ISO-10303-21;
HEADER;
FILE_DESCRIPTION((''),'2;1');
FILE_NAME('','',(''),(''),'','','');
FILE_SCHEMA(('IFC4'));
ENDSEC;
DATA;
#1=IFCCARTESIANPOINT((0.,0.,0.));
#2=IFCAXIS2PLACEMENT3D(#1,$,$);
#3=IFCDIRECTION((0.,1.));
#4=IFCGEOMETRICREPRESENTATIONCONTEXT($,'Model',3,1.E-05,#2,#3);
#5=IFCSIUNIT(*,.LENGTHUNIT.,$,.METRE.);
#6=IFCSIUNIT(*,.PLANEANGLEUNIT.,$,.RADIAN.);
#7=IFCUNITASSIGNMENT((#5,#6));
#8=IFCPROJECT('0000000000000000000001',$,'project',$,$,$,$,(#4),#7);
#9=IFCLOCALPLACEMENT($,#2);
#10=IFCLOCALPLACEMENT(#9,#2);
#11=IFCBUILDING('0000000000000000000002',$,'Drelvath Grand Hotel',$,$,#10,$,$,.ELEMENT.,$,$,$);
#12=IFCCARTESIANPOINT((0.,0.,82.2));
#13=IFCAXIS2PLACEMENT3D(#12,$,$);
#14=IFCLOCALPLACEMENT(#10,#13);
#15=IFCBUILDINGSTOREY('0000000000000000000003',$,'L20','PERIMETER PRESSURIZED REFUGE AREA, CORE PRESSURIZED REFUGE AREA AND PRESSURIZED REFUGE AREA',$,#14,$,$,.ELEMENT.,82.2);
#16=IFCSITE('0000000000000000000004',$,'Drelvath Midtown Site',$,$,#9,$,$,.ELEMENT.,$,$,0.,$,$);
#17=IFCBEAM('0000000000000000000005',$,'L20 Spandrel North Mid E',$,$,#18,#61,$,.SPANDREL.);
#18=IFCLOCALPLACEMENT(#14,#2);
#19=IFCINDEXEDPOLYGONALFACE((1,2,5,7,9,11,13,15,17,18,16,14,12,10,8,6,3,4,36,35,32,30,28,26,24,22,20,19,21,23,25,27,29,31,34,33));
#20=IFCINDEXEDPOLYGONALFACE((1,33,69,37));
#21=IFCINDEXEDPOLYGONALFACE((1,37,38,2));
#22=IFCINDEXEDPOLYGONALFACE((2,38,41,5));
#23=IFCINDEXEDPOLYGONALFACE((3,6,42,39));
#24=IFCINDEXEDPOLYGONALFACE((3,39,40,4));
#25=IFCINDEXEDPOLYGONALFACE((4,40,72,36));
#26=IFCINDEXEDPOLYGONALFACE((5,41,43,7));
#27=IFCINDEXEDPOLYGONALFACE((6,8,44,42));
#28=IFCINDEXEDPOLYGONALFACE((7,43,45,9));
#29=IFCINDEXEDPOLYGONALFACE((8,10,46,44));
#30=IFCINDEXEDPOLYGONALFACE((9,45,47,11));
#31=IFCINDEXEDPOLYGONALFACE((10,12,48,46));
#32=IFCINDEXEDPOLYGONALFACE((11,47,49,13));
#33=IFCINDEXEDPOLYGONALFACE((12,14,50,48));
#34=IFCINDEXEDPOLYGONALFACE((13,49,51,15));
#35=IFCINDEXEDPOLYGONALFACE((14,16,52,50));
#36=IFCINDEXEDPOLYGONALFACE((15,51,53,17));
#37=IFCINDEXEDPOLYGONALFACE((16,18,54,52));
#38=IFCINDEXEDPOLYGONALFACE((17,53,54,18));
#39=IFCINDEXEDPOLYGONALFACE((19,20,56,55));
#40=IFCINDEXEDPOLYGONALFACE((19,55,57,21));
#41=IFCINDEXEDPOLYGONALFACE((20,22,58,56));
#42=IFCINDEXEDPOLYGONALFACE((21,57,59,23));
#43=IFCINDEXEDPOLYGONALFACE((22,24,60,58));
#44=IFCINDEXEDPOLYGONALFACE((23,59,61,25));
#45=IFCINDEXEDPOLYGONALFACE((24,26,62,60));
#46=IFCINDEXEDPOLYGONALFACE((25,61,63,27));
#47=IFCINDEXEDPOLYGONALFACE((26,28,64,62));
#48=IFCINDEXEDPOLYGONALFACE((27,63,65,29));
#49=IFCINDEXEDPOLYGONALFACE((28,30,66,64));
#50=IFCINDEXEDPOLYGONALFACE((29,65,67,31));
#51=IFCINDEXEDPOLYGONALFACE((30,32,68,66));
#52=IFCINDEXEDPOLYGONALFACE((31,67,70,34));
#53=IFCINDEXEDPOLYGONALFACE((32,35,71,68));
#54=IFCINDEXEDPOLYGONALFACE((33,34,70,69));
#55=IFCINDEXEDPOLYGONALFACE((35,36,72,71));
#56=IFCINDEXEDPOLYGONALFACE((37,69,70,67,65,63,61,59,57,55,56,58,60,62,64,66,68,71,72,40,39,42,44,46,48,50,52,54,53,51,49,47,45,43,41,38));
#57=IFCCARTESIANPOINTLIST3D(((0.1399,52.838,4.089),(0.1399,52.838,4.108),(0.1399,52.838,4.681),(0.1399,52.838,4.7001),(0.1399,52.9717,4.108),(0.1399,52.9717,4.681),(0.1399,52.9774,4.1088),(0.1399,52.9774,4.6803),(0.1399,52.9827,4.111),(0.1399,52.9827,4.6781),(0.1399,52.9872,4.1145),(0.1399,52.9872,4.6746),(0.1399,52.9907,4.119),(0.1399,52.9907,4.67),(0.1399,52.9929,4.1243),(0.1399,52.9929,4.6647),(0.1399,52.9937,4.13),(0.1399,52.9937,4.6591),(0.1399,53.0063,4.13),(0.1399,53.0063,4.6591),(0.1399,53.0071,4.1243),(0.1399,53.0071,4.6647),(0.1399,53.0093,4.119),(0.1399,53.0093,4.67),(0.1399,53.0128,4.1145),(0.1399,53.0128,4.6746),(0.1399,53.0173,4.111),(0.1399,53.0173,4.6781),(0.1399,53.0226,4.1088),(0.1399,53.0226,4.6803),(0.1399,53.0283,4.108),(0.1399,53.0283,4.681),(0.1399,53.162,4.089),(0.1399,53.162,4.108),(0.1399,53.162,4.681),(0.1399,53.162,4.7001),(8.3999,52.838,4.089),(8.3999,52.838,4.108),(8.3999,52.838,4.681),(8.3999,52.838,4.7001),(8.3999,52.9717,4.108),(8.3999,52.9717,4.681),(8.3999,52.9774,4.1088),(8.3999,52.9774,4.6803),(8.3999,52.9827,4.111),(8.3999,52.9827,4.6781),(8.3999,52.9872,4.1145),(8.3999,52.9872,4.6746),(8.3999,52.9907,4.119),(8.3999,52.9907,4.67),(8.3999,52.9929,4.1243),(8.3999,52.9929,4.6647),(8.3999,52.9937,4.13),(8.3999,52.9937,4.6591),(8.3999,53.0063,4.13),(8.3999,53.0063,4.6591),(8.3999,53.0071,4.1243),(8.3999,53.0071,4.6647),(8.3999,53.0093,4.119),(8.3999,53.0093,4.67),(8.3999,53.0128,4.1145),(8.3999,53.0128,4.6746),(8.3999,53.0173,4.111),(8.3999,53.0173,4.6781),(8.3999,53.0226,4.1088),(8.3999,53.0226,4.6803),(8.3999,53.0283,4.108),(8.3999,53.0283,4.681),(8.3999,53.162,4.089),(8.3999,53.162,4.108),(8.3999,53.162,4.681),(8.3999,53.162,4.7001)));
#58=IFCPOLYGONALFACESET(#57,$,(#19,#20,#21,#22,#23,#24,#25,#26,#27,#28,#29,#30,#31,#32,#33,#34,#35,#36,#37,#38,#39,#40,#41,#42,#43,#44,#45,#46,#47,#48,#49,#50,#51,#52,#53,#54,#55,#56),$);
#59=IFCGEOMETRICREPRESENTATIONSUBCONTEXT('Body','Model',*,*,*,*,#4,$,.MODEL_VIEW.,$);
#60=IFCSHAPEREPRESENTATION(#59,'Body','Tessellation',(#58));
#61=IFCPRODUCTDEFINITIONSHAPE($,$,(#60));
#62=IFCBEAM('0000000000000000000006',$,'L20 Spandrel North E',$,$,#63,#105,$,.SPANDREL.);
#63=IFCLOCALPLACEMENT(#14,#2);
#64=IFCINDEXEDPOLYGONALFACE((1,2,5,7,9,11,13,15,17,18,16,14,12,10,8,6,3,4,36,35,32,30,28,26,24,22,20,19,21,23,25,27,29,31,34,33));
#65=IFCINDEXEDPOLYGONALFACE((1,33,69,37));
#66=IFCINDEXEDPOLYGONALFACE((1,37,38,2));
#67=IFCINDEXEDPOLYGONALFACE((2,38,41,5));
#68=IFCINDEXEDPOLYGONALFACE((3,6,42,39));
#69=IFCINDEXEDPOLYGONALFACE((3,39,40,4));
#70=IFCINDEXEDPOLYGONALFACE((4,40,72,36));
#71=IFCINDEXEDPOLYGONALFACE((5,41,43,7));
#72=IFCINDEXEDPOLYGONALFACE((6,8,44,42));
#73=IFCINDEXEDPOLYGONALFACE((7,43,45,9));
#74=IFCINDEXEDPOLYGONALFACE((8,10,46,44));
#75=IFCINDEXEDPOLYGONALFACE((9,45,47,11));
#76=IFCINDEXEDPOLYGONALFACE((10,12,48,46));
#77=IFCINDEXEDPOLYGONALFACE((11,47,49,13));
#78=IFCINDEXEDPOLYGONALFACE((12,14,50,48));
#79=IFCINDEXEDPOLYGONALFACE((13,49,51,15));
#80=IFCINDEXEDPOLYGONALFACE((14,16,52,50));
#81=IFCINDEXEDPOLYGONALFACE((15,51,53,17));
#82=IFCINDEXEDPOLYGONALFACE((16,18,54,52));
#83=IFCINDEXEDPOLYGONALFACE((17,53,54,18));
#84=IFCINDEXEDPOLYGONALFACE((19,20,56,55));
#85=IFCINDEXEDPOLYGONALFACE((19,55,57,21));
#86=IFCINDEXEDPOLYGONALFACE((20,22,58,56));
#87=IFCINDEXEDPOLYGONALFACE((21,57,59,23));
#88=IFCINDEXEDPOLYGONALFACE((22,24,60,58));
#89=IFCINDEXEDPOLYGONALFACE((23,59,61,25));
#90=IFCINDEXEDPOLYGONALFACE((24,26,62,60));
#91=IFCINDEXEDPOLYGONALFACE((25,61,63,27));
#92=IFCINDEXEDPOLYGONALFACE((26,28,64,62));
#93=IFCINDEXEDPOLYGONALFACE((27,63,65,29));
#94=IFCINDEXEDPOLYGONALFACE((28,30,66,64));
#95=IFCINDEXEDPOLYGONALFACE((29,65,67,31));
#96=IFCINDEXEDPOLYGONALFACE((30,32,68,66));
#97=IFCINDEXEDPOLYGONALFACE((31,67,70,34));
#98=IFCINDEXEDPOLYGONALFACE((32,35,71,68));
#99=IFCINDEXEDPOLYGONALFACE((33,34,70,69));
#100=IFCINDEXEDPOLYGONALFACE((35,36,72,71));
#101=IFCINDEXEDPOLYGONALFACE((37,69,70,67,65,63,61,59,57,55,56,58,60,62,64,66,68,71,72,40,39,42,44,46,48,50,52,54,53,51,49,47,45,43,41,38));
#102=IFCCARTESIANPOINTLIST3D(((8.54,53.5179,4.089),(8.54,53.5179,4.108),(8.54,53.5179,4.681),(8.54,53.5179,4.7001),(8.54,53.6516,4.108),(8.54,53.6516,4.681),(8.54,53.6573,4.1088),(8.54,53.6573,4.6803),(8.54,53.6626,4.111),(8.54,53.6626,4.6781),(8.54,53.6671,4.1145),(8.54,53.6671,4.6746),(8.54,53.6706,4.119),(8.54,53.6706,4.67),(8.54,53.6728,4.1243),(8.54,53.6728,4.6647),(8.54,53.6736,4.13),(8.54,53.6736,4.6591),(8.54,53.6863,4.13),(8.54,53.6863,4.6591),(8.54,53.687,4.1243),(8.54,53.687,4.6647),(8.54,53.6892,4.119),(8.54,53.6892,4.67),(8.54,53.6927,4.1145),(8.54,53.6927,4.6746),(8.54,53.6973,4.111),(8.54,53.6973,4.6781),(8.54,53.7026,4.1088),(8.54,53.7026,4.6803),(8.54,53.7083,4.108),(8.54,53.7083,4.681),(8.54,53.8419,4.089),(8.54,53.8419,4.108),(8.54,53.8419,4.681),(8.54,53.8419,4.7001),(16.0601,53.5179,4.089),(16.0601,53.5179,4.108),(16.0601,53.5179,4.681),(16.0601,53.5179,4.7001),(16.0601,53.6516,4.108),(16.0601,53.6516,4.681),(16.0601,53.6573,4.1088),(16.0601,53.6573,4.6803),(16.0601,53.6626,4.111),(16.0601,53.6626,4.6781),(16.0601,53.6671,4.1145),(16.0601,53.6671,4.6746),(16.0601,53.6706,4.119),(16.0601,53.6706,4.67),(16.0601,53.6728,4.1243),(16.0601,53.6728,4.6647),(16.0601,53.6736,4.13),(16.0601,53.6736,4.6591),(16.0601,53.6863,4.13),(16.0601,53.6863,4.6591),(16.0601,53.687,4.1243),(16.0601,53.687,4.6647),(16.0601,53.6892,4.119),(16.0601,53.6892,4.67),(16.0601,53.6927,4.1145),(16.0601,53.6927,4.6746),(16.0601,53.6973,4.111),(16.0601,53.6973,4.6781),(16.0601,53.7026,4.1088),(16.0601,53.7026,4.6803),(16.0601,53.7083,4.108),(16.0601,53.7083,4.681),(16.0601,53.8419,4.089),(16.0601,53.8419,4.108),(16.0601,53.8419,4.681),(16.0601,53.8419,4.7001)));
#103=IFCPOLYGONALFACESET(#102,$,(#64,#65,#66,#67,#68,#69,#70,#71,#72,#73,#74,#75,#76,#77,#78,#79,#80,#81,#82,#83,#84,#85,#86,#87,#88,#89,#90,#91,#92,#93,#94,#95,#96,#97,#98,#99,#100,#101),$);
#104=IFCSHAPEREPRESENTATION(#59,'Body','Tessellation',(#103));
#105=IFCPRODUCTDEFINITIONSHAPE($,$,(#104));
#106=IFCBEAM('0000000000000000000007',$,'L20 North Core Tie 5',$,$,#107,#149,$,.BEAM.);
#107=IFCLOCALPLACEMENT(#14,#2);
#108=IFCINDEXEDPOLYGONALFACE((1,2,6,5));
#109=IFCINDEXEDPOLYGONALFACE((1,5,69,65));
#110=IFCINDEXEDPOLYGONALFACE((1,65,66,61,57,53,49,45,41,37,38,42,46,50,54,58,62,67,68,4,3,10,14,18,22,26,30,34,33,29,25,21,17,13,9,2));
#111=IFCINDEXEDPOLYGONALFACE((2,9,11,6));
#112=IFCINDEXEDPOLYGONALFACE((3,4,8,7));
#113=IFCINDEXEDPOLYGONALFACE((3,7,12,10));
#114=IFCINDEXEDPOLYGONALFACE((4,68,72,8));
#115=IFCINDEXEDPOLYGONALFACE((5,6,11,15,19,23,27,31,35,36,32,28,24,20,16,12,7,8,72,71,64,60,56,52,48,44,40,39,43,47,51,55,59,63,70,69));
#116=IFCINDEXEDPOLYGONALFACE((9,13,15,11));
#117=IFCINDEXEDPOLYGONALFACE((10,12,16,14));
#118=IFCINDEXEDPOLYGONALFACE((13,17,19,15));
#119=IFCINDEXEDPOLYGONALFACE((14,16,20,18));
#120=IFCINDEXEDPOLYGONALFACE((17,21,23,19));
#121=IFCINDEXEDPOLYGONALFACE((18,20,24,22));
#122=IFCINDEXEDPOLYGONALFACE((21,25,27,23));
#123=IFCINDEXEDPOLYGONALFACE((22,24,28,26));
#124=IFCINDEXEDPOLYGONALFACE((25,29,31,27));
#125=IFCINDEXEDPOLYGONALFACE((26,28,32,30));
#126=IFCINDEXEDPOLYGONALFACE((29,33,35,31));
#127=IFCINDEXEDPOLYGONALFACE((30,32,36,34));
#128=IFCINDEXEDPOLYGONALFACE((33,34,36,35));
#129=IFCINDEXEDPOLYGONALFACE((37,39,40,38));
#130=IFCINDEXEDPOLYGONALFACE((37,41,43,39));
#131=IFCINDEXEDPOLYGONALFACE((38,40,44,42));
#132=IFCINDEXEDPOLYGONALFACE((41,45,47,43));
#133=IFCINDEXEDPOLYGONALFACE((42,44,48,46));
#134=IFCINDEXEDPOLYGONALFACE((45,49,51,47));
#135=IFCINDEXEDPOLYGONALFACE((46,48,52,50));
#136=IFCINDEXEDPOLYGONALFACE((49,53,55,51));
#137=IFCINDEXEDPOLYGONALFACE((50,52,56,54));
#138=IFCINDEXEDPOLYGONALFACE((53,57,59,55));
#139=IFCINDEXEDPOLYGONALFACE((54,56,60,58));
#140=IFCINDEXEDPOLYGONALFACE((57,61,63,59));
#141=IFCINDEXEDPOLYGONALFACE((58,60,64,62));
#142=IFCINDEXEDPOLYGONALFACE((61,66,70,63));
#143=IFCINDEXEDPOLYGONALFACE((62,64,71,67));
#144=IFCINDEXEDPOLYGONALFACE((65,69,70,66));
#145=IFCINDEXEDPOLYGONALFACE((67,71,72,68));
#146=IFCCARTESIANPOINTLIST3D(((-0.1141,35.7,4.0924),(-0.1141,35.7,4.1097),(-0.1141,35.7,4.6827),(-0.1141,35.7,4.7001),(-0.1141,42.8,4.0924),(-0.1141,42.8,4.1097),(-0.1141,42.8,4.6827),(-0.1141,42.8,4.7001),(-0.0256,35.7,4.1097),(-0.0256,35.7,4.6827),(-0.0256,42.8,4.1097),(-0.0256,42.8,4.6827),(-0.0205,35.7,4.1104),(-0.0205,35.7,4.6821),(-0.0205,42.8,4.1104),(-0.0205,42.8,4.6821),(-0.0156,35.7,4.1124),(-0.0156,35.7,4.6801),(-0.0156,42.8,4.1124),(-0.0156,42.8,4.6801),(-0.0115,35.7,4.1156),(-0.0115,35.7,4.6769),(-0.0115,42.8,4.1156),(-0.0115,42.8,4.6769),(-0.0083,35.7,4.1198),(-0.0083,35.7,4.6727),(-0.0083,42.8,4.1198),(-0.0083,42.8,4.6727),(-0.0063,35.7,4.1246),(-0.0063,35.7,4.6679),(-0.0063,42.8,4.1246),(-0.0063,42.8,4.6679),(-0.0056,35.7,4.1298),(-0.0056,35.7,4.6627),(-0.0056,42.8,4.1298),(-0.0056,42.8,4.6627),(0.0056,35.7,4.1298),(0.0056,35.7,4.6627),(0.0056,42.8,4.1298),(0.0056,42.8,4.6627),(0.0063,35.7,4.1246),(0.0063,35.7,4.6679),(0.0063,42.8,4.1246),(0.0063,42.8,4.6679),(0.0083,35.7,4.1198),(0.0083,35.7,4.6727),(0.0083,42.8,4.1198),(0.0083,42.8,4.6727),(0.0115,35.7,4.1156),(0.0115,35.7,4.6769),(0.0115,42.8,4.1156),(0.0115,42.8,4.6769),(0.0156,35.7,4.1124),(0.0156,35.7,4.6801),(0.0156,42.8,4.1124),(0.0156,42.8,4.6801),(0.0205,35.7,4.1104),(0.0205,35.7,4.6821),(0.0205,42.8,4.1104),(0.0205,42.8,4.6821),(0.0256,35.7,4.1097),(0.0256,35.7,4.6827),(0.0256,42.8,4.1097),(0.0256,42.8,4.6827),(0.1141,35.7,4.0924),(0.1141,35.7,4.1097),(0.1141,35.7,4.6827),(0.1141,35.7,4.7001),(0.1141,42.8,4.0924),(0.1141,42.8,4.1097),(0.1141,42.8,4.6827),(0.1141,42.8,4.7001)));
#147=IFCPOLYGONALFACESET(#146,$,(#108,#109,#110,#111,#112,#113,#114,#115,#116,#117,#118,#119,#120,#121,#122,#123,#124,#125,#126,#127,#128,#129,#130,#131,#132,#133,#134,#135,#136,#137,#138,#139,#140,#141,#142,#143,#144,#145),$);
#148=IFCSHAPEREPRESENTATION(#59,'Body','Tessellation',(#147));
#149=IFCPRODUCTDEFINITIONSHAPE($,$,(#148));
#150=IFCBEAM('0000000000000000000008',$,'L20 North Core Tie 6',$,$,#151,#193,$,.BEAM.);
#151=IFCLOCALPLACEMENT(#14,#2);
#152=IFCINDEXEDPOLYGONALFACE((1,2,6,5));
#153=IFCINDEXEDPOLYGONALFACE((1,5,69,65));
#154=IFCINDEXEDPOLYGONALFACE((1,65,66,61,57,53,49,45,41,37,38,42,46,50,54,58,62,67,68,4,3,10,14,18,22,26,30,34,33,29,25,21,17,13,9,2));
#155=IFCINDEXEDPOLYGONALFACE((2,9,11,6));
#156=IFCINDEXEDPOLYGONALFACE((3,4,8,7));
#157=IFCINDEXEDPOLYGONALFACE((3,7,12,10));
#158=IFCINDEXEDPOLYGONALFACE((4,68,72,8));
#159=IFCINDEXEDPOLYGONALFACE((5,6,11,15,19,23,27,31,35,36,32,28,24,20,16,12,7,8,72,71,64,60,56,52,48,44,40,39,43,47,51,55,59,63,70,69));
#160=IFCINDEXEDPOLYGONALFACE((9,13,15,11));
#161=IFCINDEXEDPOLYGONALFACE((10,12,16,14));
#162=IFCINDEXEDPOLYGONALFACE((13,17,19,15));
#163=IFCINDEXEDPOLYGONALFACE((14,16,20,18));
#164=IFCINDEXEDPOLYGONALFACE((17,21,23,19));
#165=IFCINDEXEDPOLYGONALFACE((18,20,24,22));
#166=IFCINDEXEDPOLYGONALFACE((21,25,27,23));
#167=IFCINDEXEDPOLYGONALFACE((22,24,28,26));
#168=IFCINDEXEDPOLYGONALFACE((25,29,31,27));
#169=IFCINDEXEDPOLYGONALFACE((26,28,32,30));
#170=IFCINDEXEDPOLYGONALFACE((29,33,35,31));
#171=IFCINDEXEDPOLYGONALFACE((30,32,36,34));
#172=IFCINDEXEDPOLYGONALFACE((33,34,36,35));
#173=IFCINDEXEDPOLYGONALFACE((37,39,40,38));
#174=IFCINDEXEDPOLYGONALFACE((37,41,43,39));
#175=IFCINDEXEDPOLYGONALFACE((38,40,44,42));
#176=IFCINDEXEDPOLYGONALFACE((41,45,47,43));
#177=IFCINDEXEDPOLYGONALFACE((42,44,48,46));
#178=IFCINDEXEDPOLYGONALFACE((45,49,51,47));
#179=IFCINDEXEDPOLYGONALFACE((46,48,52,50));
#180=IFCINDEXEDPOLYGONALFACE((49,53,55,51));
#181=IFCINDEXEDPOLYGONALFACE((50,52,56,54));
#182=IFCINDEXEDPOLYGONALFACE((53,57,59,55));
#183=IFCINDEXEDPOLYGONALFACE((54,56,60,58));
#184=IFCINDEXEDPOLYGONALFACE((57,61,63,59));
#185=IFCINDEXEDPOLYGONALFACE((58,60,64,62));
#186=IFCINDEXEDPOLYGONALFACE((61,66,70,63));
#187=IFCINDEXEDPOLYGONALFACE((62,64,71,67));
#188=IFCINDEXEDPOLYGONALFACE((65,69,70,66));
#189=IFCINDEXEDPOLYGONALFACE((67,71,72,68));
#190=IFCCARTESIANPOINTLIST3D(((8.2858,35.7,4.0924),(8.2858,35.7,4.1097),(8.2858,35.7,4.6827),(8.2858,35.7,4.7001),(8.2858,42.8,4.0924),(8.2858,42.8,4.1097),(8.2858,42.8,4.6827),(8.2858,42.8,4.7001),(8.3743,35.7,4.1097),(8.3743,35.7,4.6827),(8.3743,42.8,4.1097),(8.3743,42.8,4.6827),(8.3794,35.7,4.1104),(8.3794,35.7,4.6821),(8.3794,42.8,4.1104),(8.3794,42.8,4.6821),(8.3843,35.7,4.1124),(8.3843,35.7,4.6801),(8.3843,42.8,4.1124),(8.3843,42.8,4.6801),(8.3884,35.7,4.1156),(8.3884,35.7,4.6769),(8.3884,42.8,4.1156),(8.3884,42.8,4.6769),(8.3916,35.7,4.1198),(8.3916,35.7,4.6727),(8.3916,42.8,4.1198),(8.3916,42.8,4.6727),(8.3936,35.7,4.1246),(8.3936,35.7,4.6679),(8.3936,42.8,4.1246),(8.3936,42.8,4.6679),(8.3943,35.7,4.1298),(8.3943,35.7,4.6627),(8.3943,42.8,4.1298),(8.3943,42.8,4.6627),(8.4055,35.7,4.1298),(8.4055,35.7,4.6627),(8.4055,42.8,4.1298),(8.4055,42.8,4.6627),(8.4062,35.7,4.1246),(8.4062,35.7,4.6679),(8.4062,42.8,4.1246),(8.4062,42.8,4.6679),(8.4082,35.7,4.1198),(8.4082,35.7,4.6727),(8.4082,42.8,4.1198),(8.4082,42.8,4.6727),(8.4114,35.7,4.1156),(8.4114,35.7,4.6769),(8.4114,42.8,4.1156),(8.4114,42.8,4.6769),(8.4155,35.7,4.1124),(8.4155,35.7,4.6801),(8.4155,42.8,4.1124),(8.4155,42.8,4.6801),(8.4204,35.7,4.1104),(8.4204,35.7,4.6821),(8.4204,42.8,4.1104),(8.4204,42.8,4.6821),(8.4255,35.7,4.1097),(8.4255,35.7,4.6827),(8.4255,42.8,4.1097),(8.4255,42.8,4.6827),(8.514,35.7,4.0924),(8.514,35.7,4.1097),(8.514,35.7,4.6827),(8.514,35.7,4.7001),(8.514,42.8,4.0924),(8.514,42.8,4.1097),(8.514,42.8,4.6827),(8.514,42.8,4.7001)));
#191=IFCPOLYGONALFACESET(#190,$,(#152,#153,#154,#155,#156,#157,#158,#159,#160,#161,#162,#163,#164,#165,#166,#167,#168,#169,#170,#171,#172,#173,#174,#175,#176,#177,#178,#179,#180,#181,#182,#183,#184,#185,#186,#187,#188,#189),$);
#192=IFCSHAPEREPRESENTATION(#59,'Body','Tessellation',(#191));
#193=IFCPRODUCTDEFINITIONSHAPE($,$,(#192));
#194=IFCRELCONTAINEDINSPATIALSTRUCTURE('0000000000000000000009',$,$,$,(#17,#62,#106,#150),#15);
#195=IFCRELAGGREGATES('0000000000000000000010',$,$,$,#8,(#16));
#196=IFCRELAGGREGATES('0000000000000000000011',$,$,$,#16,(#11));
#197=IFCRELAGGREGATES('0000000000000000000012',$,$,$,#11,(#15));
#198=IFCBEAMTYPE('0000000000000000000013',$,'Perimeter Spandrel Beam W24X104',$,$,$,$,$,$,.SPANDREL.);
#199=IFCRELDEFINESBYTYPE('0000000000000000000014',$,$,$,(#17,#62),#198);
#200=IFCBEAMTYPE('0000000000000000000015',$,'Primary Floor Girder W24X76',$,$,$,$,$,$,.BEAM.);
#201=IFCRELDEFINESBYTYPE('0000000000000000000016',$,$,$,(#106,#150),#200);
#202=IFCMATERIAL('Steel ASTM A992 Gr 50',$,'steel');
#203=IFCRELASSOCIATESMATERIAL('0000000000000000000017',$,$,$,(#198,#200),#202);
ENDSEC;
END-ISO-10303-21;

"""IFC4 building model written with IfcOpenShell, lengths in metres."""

from ifc_helpers import new_model, si_unit, direction, frame, origin, origin_2d, place, context, subcontext, project, spatial, i_section, extrude, material, material_profile, profile_set, type_object, element, save


model = new_model("IFC4")

# Units and contexts
model_context = context("Model", 3, precision=1e-05, world=origin(), true_north=direction((0.0, 1.0)))
body_context = subcontext(model_context, "Body", "Model", "MODEL_VIEW")
ifc_project = project(units=[si_unit("LENGTHUNIT", "METRE"), si_unit("PLANEANGLEUNIT", "RADIAN")], contexts=[model_context])

# Site, building, storey
site_placement = place(None, origin())
site = spatial("IfcSite", under=ifc_project, at=site_placement, Name="Drelvath Midtown Site", CompositionType="ELEMENT", RefElevation=0.0)
building_placement = place(site_placement, origin())
building = spatial("IfcBuilding", under=site, at=building_placement, Name="Drelvath Grand Hotel", CompositionType="ELEMENT")
storey_placement = place(building_placement, frame((0.0, 0.0, 82.2)))
storey = spatial("IfcBuildingStorey", under=building, at=storey_placement, Name="L20", Description="PERIMETER PRESSURIZED REFUGE AREA, CORE PRESSURIZED REFUGE AREA AND PRESSURIZED REFUGE AREA", CompositionType="ELEMENT", Elevation=82.2)

# Beams
ifc_material_1 = material(Name="Steel ASTM A992 Gr 50", Category="steel")
ifc_material_profile_1 = material_profile(ifc_material_1, i_section(OverallWidth=0.324, OverallDepth=0.6111, WebThickness=0.0127, FlangeThickness=0.019, FilletRadius=0.022, at=origin_2d()), Name="W24X104")
ifc_profile_set_1 = profile_set([ifc_material_profile_1], Name="Steel ASTM A992 Gr 50")
beam_type_1 = type_object("IfcBeamType", Name="Perimeter Spandrel Beam W24X104", PredefinedType="SPANDREL", material=ifc_profile_set_1)
beam_1_placement = place(storey_placement, frame((0.1399, 53.0, 4.3945), z_axis=(1.0, 0.0, 0.0), x_axis=(0.0, 1.0, 0.0)))
element("IfcBeam", 1, at=beam_1_placement, inside=storey, type_object=beam_type_1, Name="L20 Spandrel North Mid E", PredefinedType="SPANDREL", context=body_context, shape_type="SweptSolid", body=[
    extrude(i_section(OverallWidth=0.324, OverallDepth=0.6111, WebThickness=0.0127, FlangeThickness=0.019, FilletRadius=0.022, at=origin_2d()), origin(), (0.0, 0.0, 1.0), 8.26),
])
beam_2_placement = place(storey_placement, frame((8.54, 53.6799, 4.3945), z_axis=(1.0, 0.0, 0.0), x_axis=(0.0, 1.0, 0.0)))
element("IfcBeam", 2, at=beam_2_placement, inside=storey, type_object=beam_type_1, Name="L20 Spandrel North E", PredefinedType="SPANDREL", context=body_context, shape_type="SweptSolid", body=[
    extrude(i_section(OverallWidth=0.324, OverallDepth=0.6111, WebThickness=0.0127, FlangeThickness=0.019, FilletRadius=0.022, at=origin_2d()), origin(), (0.0, 0.0, 1.0), 7.52),
])
ifc_material_profile_2 = material_profile(ifc_material_1, i_section(OverallWidth=0.2283, OverallDepth=0.6077, WebThickness=0.0112, FlangeThickness=0.0173, FilletRadius=0.02, at=origin_2d()), Name="W24X76")
ifc_profile_set_2 = profile_set([ifc_material_profile_2], Name="Steel ASTM A992 Gr 50")
beam_type_2 = type_object("IfcBeamType", Name="Primary Floor Girder W24X76", PredefinedType="BEAM", material=ifc_profile_set_2)
for number, where, z_axis, x_axis, name in (
    (3, (0.0, 35.7, 4.3962), (0.0, 1.0, 0.0), (-1.0, 0.0, 0.0), "L20 North Core Tie 5"),
    (4, (8.3999, 35.7, 4.3962), (0.0, 1.0, 0.0), (-1.0, 0.0, 0.0), "L20 North Core Tie 6"),
):
    element("IfcBeam", number, at=place(storey_placement, frame(where, z_axis=z_axis, x_axis=x_axis)), inside=storey, type_object=beam_type_2, Name=name, PredefinedType="BEAM", context=body_context, shape_type="SweptSolid", body=[
        extrude(i_section(OverallWidth=0.2283, OverallDepth=0.6077, WebThickness=0.0112, FlangeThickness=0.0173, FilletRadius=0.02, at=origin_2d()), origin(), (0.0, 0.0, 1.0), 7.1001),
    ])

save(model, "model.ifc")
